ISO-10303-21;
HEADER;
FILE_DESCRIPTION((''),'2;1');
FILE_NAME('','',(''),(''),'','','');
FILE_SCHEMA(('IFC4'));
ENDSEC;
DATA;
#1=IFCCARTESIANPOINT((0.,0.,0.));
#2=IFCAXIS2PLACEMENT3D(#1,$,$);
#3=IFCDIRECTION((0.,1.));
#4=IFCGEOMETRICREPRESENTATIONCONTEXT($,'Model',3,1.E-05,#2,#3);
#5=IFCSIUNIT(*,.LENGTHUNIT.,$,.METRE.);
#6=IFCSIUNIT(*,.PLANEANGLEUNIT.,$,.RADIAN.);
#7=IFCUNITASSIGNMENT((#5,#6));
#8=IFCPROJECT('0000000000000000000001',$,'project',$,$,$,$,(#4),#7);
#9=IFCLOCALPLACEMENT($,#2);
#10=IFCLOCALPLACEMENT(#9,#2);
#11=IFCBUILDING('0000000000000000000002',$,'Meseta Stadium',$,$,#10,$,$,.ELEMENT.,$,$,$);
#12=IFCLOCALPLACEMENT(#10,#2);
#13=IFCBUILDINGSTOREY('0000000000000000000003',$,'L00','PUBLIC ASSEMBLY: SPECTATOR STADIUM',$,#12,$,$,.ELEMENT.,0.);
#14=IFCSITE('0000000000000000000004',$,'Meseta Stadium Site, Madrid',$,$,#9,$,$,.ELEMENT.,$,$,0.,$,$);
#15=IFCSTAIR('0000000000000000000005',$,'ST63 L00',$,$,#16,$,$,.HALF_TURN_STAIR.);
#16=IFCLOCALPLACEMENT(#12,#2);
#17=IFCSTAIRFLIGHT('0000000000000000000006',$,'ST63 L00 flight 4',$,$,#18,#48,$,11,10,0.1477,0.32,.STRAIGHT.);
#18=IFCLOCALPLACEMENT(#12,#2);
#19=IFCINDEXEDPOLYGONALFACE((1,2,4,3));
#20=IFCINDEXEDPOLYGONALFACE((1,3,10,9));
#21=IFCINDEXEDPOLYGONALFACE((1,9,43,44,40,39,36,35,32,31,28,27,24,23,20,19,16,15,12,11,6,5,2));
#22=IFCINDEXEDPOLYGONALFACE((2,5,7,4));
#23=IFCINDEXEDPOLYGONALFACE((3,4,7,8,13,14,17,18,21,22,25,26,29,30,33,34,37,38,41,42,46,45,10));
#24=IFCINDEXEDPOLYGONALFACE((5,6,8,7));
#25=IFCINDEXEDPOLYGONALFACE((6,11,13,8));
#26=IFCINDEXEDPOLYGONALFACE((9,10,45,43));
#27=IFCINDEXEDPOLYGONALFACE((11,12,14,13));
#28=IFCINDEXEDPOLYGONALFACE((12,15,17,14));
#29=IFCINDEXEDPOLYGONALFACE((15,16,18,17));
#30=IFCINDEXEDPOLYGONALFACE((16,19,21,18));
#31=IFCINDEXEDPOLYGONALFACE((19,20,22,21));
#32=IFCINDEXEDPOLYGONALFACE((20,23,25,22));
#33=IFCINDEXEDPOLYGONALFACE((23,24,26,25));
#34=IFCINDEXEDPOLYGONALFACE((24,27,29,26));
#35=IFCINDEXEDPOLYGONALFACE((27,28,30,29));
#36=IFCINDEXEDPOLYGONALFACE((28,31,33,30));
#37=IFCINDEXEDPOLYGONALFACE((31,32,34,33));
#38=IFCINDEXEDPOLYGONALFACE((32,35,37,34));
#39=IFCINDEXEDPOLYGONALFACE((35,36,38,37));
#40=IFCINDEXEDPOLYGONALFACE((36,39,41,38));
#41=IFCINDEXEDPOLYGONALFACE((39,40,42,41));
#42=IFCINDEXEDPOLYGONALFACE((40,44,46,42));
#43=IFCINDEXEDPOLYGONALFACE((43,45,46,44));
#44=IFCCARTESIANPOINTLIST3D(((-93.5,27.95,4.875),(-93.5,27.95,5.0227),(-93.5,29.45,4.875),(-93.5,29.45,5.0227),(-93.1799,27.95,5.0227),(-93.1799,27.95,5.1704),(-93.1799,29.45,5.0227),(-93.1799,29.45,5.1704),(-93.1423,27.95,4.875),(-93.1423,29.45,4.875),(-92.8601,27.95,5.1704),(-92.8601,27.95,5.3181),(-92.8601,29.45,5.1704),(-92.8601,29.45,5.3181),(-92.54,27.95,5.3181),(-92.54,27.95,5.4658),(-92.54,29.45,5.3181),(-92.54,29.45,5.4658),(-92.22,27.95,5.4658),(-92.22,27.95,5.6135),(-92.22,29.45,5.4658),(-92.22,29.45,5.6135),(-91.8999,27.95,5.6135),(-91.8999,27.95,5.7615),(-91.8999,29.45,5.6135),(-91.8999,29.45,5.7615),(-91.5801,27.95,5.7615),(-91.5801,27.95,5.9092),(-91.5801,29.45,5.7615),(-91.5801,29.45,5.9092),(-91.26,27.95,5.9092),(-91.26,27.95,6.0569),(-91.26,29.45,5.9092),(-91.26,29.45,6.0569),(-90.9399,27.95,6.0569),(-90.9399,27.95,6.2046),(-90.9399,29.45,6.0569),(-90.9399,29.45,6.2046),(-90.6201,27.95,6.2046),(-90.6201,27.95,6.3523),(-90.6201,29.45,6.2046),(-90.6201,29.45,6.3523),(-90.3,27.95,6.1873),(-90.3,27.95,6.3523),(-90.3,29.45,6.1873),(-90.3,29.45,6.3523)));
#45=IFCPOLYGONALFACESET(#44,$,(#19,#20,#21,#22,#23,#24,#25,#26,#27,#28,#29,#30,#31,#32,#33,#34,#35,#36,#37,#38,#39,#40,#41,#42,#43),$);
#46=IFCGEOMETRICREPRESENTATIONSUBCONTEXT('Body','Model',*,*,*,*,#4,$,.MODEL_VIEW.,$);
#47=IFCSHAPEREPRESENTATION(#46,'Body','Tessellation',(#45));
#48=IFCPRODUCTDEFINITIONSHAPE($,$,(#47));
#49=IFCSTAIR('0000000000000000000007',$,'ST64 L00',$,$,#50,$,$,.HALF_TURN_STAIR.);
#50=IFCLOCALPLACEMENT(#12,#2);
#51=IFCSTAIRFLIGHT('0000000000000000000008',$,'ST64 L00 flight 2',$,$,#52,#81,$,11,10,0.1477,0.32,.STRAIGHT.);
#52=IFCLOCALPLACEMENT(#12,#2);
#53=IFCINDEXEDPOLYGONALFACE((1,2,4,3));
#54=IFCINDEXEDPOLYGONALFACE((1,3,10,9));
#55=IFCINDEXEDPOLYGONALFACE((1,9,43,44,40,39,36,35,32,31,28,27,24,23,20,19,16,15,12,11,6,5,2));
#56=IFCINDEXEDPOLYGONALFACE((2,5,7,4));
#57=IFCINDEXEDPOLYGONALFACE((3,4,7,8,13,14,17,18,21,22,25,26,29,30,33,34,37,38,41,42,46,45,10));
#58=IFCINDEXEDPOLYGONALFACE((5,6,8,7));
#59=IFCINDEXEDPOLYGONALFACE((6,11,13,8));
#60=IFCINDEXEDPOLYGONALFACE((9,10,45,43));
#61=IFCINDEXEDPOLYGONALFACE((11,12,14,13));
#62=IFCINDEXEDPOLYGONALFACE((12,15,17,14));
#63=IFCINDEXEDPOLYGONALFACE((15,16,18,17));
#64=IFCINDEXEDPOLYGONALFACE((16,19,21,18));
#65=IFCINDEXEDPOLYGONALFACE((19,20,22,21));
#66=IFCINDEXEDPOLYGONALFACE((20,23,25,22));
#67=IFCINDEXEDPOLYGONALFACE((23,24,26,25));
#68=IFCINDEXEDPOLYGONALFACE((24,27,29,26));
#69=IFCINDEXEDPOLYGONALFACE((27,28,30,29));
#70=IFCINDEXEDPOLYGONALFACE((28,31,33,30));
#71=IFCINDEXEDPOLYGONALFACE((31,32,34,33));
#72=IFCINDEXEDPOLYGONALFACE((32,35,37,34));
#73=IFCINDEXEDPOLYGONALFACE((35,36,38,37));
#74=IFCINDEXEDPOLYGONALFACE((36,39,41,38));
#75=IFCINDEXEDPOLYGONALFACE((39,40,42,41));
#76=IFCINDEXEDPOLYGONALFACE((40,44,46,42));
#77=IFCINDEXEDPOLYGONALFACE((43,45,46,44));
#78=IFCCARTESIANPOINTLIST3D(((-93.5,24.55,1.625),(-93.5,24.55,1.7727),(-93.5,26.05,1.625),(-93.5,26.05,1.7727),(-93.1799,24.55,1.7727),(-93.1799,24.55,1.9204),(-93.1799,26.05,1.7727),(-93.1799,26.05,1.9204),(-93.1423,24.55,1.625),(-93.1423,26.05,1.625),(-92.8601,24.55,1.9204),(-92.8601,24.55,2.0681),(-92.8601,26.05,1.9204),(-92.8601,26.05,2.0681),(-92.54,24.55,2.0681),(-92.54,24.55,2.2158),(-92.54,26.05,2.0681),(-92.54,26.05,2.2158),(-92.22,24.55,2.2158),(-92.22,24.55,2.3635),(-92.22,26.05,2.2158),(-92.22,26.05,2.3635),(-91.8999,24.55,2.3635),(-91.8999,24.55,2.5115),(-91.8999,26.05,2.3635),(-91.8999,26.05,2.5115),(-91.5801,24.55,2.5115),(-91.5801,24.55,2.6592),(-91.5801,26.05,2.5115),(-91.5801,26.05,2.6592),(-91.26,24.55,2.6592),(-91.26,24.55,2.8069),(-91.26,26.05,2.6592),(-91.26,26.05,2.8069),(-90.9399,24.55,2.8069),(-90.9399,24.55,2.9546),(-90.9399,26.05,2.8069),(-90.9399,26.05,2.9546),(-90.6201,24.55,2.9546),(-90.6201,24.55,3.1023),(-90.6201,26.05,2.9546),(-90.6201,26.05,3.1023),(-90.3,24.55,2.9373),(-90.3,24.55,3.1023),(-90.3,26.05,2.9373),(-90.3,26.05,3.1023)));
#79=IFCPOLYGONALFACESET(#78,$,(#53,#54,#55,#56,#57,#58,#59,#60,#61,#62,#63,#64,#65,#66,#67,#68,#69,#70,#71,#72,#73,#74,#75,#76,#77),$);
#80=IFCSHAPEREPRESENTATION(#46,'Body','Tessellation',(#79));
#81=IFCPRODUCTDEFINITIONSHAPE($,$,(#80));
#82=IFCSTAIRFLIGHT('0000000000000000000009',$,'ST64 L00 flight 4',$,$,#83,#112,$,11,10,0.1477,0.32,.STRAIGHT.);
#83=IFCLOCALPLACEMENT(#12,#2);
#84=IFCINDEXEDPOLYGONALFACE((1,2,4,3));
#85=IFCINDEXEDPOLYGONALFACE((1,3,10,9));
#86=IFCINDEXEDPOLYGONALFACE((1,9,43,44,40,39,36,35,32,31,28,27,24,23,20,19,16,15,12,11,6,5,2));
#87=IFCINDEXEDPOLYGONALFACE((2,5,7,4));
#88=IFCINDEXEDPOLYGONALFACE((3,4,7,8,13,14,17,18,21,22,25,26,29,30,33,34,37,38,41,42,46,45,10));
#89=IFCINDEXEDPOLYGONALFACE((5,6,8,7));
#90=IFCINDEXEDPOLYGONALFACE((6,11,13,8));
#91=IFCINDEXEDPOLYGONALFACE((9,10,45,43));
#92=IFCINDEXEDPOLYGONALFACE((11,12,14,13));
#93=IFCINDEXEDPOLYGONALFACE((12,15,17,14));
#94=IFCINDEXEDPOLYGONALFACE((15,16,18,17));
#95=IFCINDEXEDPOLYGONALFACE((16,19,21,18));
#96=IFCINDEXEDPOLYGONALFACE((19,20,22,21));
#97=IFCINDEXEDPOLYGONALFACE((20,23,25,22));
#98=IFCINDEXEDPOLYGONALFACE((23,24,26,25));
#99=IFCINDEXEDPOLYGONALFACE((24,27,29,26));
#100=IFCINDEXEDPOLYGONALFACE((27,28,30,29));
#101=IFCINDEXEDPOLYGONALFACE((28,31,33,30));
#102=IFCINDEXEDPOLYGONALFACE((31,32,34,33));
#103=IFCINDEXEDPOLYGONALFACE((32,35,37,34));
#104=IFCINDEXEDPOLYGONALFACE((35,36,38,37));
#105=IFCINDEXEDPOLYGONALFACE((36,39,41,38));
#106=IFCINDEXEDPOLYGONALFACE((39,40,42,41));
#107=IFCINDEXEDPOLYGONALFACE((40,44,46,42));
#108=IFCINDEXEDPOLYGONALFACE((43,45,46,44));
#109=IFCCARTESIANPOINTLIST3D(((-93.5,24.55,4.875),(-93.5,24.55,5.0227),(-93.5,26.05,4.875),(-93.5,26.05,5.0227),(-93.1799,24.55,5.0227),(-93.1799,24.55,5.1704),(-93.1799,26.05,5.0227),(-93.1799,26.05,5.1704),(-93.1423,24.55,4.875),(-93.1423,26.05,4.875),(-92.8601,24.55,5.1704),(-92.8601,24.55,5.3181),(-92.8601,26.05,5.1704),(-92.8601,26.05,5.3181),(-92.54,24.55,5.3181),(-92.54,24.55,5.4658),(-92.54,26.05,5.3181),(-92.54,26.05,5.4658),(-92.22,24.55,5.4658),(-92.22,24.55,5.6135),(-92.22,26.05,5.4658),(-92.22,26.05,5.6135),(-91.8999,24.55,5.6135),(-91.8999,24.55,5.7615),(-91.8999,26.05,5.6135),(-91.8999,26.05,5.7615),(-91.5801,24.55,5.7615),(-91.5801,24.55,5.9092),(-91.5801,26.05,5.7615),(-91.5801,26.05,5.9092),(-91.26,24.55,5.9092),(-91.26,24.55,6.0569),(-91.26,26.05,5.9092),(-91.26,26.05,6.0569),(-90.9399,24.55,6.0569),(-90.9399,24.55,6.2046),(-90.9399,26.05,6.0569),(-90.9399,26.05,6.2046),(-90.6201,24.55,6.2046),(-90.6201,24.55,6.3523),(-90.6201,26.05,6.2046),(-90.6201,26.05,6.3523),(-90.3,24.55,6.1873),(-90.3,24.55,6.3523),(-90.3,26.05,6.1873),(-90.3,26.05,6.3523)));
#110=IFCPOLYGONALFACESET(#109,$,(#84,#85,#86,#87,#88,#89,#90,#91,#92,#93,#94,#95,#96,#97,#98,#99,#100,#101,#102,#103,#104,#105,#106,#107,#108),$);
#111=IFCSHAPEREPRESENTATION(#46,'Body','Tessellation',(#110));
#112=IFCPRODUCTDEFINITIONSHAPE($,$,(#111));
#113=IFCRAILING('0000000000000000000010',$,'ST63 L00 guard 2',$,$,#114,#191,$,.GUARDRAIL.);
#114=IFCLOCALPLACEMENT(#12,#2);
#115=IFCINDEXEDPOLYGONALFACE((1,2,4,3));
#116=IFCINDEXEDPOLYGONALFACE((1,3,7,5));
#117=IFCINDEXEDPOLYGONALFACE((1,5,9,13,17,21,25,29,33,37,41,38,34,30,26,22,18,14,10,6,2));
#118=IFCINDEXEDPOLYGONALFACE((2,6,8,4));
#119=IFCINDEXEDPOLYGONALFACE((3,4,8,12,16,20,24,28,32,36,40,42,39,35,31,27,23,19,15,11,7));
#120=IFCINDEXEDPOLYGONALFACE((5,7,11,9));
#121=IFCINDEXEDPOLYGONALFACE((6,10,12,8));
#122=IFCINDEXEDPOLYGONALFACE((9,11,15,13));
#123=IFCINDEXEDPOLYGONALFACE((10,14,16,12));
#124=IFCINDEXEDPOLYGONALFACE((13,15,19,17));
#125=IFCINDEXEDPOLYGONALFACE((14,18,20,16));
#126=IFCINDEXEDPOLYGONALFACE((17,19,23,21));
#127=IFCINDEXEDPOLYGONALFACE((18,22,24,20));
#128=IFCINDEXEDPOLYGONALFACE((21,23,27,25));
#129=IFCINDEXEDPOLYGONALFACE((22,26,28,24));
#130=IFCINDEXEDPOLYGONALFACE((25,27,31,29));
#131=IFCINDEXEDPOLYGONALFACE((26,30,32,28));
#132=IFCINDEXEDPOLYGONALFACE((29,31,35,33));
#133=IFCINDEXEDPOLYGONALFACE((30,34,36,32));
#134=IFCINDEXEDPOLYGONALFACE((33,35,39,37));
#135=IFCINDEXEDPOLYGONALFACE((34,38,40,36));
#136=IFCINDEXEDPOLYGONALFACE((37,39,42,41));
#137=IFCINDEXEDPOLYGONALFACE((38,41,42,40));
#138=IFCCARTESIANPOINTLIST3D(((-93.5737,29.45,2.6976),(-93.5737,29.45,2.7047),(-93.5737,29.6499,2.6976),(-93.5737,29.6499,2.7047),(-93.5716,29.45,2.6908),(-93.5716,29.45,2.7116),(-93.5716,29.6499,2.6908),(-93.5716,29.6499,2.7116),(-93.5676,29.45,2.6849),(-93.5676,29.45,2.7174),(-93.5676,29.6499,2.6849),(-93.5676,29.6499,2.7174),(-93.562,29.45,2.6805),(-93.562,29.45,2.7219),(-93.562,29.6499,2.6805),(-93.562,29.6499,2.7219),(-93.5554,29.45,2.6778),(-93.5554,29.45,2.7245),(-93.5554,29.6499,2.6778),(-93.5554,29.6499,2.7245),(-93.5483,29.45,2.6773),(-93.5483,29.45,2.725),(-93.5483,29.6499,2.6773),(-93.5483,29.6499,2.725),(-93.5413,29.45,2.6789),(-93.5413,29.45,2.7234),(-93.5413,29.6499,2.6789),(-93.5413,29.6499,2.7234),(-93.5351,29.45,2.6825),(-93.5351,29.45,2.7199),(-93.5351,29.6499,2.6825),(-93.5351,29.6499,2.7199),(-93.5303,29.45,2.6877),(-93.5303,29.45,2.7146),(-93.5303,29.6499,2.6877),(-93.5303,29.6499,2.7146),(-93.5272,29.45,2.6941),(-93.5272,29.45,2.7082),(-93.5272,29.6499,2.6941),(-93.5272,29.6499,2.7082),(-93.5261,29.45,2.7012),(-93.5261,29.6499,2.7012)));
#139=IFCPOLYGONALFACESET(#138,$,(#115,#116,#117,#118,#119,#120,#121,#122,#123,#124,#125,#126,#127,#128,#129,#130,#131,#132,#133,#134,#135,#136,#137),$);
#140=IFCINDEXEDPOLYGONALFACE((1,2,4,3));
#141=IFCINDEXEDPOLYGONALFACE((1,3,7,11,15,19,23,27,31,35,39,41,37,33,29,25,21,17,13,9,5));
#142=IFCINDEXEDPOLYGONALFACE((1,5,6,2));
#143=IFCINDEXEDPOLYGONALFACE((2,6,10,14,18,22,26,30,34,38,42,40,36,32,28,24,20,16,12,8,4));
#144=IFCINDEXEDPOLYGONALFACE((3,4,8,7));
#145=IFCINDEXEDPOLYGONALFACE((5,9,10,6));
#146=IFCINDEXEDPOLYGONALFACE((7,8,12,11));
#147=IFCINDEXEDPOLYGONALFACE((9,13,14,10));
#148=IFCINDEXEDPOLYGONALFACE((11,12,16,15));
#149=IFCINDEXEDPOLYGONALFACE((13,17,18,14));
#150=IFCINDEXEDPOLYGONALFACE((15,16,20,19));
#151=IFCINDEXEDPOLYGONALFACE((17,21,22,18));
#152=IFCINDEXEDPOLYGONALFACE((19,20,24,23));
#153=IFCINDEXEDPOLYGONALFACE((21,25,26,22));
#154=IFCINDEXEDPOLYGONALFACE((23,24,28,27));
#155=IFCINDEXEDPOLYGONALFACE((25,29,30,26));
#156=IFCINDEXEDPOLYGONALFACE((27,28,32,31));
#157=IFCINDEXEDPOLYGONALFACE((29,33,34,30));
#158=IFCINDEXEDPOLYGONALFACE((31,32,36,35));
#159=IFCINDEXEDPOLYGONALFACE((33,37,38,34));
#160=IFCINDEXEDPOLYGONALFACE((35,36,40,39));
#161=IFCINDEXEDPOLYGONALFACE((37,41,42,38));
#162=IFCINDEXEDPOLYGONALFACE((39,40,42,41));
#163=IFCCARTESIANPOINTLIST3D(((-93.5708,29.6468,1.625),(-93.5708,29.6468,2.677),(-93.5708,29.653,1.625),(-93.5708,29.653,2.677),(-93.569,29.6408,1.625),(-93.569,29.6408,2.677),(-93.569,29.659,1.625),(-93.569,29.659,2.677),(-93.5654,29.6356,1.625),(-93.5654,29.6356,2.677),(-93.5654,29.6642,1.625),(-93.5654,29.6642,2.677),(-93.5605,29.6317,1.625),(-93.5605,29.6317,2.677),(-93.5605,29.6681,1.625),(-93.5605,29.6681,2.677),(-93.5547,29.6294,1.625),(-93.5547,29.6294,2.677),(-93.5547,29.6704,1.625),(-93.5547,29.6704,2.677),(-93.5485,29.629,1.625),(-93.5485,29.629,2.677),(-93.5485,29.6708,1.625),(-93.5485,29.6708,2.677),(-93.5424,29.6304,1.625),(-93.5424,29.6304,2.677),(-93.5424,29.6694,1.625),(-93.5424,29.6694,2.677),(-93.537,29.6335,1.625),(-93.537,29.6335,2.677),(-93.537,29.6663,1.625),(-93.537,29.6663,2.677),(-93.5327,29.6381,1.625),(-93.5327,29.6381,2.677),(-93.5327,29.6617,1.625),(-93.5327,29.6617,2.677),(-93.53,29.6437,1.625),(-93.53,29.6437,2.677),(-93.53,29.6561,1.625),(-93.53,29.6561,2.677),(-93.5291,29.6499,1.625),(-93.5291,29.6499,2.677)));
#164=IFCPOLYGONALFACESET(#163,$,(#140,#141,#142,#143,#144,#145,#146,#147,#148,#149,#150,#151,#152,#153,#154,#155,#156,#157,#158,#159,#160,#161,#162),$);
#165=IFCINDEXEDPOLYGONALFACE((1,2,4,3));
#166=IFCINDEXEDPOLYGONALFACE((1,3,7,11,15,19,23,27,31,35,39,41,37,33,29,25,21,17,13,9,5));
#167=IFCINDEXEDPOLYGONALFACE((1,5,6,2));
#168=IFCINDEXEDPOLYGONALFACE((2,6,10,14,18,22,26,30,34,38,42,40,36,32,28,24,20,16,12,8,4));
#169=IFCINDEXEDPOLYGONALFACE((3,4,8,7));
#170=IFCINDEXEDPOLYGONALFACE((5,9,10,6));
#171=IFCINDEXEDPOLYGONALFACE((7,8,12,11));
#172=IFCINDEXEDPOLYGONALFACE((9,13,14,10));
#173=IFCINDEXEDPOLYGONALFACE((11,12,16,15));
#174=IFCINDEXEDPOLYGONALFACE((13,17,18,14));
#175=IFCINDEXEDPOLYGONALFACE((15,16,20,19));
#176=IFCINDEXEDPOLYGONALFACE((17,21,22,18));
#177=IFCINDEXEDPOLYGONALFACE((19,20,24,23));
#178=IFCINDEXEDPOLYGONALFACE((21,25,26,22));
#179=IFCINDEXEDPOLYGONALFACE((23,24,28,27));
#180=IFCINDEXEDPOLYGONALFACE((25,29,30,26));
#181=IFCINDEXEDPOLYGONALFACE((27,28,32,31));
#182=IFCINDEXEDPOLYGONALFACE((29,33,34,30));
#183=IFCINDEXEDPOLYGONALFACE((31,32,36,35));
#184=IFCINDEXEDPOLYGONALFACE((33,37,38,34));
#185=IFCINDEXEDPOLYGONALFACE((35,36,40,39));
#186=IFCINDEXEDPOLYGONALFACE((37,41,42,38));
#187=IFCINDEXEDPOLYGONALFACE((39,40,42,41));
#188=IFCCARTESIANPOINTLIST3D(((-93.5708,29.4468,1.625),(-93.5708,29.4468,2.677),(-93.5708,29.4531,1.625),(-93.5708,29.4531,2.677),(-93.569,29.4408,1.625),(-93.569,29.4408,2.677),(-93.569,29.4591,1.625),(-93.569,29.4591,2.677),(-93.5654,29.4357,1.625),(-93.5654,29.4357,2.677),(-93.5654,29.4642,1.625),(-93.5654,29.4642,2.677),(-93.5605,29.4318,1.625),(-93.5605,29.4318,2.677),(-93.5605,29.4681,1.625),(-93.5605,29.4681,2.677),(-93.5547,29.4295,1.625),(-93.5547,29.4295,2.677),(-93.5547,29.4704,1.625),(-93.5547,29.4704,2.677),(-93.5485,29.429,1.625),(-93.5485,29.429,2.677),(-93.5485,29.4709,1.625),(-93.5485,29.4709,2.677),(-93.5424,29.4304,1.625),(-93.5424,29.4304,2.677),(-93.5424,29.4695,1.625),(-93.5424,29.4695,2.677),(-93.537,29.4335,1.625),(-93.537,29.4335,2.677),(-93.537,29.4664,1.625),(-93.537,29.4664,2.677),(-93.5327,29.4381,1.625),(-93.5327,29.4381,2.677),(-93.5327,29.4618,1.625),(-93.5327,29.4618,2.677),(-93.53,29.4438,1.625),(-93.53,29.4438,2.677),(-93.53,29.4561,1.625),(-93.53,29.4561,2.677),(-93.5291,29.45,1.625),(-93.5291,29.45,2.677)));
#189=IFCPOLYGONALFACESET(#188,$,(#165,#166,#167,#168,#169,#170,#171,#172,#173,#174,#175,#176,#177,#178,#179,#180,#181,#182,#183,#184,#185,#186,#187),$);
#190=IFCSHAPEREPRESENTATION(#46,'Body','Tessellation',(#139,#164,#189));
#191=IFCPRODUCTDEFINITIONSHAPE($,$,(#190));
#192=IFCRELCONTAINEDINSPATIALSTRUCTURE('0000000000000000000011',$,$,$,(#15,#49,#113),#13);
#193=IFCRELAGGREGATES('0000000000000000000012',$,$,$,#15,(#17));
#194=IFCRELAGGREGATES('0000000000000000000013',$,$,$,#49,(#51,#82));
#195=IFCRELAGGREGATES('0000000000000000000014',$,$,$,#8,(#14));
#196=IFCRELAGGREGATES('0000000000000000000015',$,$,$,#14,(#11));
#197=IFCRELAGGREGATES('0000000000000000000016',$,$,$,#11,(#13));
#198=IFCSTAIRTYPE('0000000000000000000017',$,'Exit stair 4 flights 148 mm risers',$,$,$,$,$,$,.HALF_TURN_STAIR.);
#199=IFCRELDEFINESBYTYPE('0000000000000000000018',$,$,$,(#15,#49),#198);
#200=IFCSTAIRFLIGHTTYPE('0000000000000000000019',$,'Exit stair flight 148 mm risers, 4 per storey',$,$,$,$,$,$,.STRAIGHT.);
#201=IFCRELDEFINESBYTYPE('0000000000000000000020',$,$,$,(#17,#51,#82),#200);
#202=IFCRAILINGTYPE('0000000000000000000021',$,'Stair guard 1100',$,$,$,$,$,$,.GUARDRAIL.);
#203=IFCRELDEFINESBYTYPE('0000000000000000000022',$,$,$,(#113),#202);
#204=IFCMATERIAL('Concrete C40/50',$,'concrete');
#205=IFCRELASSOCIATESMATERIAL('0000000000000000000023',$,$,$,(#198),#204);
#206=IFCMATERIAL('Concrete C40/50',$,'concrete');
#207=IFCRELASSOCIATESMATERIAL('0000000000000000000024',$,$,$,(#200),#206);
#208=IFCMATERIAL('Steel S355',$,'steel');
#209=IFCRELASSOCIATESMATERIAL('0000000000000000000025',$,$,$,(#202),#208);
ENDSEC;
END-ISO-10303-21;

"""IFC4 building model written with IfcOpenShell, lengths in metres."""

from ifc_helpers import new_model, si_unit, direction, frame, origin, origin_2d, place, context, subcontext, project, spatial, polyline, circle, outline, extrude, material, type_object, element, aggregate, save


model = new_model("IFC4")

# Units and contexts
model_context = context("Model", 3, precision=1e-05, world=origin(), true_north=direction((0.0, 1.0)))
body_context = subcontext(model_context, "Body", "Model", "MODEL_VIEW")
ifc_project = project(units=[si_unit("LENGTHUNIT", "METRE"), si_unit("PLANEANGLEUNIT", "RADIAN")], contexts=[model_context])

# Site, building, storey
site_placement = place(None, origin())
site = spatial("IfcSite", under=ifc_project, at=site_placement, Name="Meseta Stadium Site, Madrid", CompositionType="ELEMENT", RefElevation=0.0)
building_placement = place(site_placement, origin())
building = spatial("IfcBuilding", under=site, at=building_placement, Name="Meseta Stadium", CompositionType="ELEMENT")
storey_placement = place(building_placement, origin())
storey = spatial("IfcBuildingStorey", under=building, at=storey_placement, Name="L00", Description="PUBLIC ASSEMBLY: SPECTATOR STADIUM", CompositionType="ELEMENT", Elevation=0.0)

# Stairs, stair flights
ifc_material_1 = material(Name="Concrete C40/50", Category="concrete")
stair_type = type_object("IfcStairType", Name="Exit stair 4 flights 148 mm risers", PredefinedType="HALF_TURN_STAIR", material=ifc_material_1)
stair_1_placement = place(storey_placement, origin())
stair_1 = element("IfcStair", 1, at=stair_1_placement, inside=storey, type_object=stair_type, Name="ST63 L00", PredefinedType="HALF_TURN_STAIR")
ifc_material_2 = material(Name="Concrete C40/50", Category="concrete")
stair_flight_type = type_object("IfcStairFlightType", Name="Exit stair flight 148 mm risers, 4 per storey", PredefinedType="STRAIGHT", material=ifc_material_2)
stair_flight_1_placement = place(storey_placement, frame((-93.5, 28.7, 4.875), z_axis=(0.0, 0.0, 1.0), x_axis=(1.0, 0.0, 0.0)))
stair_flight_1 = element("IfcStairFlight", 2, at=stair_flight_1_placement, type_object=stair_flight_type, Name="ST63 L00 flight 4", NumberOfRisers=11, NumberOfTreads=10, PredefinedType="STRAIGHT", RiserHeight=0.1477, TreadLength=0.32, context=body_context, shape_type="SweptSolid", body=[
    extrude(outline(polyline([(0.0, 0.0), (0.0, 0.1477), (0.3201, 0.1477), (0.3201, 0.2954), (0.6399, 0.2954), (0.6399, 0.4431), (0.96, 0.4431), (0.96, 0.5908), (1.28, 0.5908), (1.28, 0.7385), (1.6001, 0.7385), (1.6001, 0.8865), (1.9199, 0.8865), (1.9199, 1.0342), (2.24, 1.0342), (2.24, 1.1819), (2.5601, 1.1819), (2.5601, 1.3296), (2.8799, 1.3296), (2.8799, 1.4773), (3.2, 1.4773), (3.2, 1.3123), (0.3577, 0.0), (0.0, 0.0)])), frame((0.0, 0.75, 0.0), z_axis=(0.0, -1.0, 0.0), x_axis=(1.0, 0.0, 0.0)), (0.0, 0.0, 1.0), 1.5),
])
aggregate(stair_1, [stair_flight_1])
stair_2_placement = place(storey_placement, origin())
stair_2 = element("IfcStair", 3, at=stair_2_placement, inside=storey, type_object=stair_type, Name="ST64 L00", PredefinedType="HALF_TURN_STAIR")
stair_flight_2_placement = place(storey_placement, frame((-93.5, 25.3, 1.625), z_axis=(0.0, 0.0, 1.0), x_axis=(1.0, 0.0, 0.0)))
stair_flight_2 = element("IfcStairFlight", 4, at=stair_flight_2_placement, type_object=stair_flight_type, Name="ST64 L00 flight 2", NumberOfRisers=11, NumberOfTreads=10, PredefinedType="STRAIGHT", RiserHeight=0.1477, TreadLength=0.32, context=body_context, shape_type="SweptSolid", body=[
    extrude(outline(polyline([(0.0, 0.0), (0.0, 0.1477), (0.3201, 0.1477), (0.3201, 0.2954), (0.6399, 0.2954), (0.6399, 0.4431), (0.96, 0.4431), (0.96, 0.5908), (1.28, 0.5908), (1.28, 0.7385), (1.6001, 0.7385), (1.6001, 0.8865), (1.9199, 0.8865), (1.9199, 1.0342), (2.24, 1.0342), (2.24, 1.1819), (2.5601, 1.1819), (2.5601, 1.3296), (2.8799, 1.3296), (2.8799, 1.4773), (3.2, 1.4773), (3.2, 1.3123), (0.3577, 0.0), (0.0, 0.0)])), frame((0.0, 0.75, 0.0), z_axis=(0.0, -1.0, 0.0), x_axis=(1.0, 0.0, 0.0)), (0.0, 0.0, 1.0), 1.5),
])
stair_flight_3_placement = place(storey_placement, frame((-93.5, 25.3, 4.875), z_axis=(0.0, 0.0, 1.0), x_axis=(1.0, 0.0, 0.0)))
stair_flight_3 = element("IfcStairFlight", 5, at=stair_flight_3_placement, type_object=stair_flight_type, Name="ST64 L00 flight 4", NumberOfRisers=11, NumberOfTreads=10, PredefinedType="STRAIGHT", RiserHeight=0.1477, TreadLength=0.32, context=body_context, shape_type="SweptSolid", body=[
    extrude(outline(polyline([(0.0, 0.0), (0.0, 0.1477), (0.3201, 0.1477), (0.3201, 0.2954), (0.6399, 0.2954), (0.6399, 0.4431), (0.96, 0.4431), (0.96, 0.5908), (1.28, 0.5908), (1.28, 0.7385), (1.6001, 0.7385), (1.6001, 0.8865), (1.9199, 0.8865), (1.9199, 1.0342), (2.24, 1.0342), (2.24, 1.1819), (2.5601, 1.1819), (2.5601, 1.3296), (2.8799, 1.3296), (2.8799, 1.4773), (3.2, 1.4773), (3.2, 1.3123), (0.3577, 0.0), (0.0, 0.0)])), frame((0.0, 0.75, 0.0), z_axis=(0.0, -1.0, 0.0), x_axis=(1.0, 0.0, 0.0)), (0.0, 0.0, 1.0), 1.5),
])
aggregate(stair_2, [stair_flight_2, stair_flight_3])

# Railing
ifc_material_3 = material(Name="Steel S355", Category="steel")
railing_type_1 = type_object("IfcRailingType", Name="Stair guard 1100", PredefinedType="GUARDRAIL", material=ifc_material_3)
railing_1_placement = place(storey_placement, frame((-93.55, 29.6499, 1.625)))
element("IfcRailing", 6, at=railing_1_placement, inside=storey, type_object=railing_type_1, Name="ST63 L00 guard 2", PredefinedType="GUARDRAIL", context=body_context, shape_type="SweptSolid", body=[
    extrude(circle(Radius=0.0239, at=origin_2d()), frame((0.0, 0.0, 1.0762), z_axis=(0.0, -1.0, 0.0), x_axis=(1.0, 0.0, 0.0)), (0.0, 0.0, 1.0), 0.2),
    extrude(circle(Radius=0.021, at=origin_2d()), origin(), (0.0, 0.0, 1.0), 1.052),
    extrude(circle(Radius=0.021, at=origin_2d()), frame((0.0, -0.2, 0.0)), (0.0, 0.0, 1.0), 1.052),
])

save(model, "model.ifc")
